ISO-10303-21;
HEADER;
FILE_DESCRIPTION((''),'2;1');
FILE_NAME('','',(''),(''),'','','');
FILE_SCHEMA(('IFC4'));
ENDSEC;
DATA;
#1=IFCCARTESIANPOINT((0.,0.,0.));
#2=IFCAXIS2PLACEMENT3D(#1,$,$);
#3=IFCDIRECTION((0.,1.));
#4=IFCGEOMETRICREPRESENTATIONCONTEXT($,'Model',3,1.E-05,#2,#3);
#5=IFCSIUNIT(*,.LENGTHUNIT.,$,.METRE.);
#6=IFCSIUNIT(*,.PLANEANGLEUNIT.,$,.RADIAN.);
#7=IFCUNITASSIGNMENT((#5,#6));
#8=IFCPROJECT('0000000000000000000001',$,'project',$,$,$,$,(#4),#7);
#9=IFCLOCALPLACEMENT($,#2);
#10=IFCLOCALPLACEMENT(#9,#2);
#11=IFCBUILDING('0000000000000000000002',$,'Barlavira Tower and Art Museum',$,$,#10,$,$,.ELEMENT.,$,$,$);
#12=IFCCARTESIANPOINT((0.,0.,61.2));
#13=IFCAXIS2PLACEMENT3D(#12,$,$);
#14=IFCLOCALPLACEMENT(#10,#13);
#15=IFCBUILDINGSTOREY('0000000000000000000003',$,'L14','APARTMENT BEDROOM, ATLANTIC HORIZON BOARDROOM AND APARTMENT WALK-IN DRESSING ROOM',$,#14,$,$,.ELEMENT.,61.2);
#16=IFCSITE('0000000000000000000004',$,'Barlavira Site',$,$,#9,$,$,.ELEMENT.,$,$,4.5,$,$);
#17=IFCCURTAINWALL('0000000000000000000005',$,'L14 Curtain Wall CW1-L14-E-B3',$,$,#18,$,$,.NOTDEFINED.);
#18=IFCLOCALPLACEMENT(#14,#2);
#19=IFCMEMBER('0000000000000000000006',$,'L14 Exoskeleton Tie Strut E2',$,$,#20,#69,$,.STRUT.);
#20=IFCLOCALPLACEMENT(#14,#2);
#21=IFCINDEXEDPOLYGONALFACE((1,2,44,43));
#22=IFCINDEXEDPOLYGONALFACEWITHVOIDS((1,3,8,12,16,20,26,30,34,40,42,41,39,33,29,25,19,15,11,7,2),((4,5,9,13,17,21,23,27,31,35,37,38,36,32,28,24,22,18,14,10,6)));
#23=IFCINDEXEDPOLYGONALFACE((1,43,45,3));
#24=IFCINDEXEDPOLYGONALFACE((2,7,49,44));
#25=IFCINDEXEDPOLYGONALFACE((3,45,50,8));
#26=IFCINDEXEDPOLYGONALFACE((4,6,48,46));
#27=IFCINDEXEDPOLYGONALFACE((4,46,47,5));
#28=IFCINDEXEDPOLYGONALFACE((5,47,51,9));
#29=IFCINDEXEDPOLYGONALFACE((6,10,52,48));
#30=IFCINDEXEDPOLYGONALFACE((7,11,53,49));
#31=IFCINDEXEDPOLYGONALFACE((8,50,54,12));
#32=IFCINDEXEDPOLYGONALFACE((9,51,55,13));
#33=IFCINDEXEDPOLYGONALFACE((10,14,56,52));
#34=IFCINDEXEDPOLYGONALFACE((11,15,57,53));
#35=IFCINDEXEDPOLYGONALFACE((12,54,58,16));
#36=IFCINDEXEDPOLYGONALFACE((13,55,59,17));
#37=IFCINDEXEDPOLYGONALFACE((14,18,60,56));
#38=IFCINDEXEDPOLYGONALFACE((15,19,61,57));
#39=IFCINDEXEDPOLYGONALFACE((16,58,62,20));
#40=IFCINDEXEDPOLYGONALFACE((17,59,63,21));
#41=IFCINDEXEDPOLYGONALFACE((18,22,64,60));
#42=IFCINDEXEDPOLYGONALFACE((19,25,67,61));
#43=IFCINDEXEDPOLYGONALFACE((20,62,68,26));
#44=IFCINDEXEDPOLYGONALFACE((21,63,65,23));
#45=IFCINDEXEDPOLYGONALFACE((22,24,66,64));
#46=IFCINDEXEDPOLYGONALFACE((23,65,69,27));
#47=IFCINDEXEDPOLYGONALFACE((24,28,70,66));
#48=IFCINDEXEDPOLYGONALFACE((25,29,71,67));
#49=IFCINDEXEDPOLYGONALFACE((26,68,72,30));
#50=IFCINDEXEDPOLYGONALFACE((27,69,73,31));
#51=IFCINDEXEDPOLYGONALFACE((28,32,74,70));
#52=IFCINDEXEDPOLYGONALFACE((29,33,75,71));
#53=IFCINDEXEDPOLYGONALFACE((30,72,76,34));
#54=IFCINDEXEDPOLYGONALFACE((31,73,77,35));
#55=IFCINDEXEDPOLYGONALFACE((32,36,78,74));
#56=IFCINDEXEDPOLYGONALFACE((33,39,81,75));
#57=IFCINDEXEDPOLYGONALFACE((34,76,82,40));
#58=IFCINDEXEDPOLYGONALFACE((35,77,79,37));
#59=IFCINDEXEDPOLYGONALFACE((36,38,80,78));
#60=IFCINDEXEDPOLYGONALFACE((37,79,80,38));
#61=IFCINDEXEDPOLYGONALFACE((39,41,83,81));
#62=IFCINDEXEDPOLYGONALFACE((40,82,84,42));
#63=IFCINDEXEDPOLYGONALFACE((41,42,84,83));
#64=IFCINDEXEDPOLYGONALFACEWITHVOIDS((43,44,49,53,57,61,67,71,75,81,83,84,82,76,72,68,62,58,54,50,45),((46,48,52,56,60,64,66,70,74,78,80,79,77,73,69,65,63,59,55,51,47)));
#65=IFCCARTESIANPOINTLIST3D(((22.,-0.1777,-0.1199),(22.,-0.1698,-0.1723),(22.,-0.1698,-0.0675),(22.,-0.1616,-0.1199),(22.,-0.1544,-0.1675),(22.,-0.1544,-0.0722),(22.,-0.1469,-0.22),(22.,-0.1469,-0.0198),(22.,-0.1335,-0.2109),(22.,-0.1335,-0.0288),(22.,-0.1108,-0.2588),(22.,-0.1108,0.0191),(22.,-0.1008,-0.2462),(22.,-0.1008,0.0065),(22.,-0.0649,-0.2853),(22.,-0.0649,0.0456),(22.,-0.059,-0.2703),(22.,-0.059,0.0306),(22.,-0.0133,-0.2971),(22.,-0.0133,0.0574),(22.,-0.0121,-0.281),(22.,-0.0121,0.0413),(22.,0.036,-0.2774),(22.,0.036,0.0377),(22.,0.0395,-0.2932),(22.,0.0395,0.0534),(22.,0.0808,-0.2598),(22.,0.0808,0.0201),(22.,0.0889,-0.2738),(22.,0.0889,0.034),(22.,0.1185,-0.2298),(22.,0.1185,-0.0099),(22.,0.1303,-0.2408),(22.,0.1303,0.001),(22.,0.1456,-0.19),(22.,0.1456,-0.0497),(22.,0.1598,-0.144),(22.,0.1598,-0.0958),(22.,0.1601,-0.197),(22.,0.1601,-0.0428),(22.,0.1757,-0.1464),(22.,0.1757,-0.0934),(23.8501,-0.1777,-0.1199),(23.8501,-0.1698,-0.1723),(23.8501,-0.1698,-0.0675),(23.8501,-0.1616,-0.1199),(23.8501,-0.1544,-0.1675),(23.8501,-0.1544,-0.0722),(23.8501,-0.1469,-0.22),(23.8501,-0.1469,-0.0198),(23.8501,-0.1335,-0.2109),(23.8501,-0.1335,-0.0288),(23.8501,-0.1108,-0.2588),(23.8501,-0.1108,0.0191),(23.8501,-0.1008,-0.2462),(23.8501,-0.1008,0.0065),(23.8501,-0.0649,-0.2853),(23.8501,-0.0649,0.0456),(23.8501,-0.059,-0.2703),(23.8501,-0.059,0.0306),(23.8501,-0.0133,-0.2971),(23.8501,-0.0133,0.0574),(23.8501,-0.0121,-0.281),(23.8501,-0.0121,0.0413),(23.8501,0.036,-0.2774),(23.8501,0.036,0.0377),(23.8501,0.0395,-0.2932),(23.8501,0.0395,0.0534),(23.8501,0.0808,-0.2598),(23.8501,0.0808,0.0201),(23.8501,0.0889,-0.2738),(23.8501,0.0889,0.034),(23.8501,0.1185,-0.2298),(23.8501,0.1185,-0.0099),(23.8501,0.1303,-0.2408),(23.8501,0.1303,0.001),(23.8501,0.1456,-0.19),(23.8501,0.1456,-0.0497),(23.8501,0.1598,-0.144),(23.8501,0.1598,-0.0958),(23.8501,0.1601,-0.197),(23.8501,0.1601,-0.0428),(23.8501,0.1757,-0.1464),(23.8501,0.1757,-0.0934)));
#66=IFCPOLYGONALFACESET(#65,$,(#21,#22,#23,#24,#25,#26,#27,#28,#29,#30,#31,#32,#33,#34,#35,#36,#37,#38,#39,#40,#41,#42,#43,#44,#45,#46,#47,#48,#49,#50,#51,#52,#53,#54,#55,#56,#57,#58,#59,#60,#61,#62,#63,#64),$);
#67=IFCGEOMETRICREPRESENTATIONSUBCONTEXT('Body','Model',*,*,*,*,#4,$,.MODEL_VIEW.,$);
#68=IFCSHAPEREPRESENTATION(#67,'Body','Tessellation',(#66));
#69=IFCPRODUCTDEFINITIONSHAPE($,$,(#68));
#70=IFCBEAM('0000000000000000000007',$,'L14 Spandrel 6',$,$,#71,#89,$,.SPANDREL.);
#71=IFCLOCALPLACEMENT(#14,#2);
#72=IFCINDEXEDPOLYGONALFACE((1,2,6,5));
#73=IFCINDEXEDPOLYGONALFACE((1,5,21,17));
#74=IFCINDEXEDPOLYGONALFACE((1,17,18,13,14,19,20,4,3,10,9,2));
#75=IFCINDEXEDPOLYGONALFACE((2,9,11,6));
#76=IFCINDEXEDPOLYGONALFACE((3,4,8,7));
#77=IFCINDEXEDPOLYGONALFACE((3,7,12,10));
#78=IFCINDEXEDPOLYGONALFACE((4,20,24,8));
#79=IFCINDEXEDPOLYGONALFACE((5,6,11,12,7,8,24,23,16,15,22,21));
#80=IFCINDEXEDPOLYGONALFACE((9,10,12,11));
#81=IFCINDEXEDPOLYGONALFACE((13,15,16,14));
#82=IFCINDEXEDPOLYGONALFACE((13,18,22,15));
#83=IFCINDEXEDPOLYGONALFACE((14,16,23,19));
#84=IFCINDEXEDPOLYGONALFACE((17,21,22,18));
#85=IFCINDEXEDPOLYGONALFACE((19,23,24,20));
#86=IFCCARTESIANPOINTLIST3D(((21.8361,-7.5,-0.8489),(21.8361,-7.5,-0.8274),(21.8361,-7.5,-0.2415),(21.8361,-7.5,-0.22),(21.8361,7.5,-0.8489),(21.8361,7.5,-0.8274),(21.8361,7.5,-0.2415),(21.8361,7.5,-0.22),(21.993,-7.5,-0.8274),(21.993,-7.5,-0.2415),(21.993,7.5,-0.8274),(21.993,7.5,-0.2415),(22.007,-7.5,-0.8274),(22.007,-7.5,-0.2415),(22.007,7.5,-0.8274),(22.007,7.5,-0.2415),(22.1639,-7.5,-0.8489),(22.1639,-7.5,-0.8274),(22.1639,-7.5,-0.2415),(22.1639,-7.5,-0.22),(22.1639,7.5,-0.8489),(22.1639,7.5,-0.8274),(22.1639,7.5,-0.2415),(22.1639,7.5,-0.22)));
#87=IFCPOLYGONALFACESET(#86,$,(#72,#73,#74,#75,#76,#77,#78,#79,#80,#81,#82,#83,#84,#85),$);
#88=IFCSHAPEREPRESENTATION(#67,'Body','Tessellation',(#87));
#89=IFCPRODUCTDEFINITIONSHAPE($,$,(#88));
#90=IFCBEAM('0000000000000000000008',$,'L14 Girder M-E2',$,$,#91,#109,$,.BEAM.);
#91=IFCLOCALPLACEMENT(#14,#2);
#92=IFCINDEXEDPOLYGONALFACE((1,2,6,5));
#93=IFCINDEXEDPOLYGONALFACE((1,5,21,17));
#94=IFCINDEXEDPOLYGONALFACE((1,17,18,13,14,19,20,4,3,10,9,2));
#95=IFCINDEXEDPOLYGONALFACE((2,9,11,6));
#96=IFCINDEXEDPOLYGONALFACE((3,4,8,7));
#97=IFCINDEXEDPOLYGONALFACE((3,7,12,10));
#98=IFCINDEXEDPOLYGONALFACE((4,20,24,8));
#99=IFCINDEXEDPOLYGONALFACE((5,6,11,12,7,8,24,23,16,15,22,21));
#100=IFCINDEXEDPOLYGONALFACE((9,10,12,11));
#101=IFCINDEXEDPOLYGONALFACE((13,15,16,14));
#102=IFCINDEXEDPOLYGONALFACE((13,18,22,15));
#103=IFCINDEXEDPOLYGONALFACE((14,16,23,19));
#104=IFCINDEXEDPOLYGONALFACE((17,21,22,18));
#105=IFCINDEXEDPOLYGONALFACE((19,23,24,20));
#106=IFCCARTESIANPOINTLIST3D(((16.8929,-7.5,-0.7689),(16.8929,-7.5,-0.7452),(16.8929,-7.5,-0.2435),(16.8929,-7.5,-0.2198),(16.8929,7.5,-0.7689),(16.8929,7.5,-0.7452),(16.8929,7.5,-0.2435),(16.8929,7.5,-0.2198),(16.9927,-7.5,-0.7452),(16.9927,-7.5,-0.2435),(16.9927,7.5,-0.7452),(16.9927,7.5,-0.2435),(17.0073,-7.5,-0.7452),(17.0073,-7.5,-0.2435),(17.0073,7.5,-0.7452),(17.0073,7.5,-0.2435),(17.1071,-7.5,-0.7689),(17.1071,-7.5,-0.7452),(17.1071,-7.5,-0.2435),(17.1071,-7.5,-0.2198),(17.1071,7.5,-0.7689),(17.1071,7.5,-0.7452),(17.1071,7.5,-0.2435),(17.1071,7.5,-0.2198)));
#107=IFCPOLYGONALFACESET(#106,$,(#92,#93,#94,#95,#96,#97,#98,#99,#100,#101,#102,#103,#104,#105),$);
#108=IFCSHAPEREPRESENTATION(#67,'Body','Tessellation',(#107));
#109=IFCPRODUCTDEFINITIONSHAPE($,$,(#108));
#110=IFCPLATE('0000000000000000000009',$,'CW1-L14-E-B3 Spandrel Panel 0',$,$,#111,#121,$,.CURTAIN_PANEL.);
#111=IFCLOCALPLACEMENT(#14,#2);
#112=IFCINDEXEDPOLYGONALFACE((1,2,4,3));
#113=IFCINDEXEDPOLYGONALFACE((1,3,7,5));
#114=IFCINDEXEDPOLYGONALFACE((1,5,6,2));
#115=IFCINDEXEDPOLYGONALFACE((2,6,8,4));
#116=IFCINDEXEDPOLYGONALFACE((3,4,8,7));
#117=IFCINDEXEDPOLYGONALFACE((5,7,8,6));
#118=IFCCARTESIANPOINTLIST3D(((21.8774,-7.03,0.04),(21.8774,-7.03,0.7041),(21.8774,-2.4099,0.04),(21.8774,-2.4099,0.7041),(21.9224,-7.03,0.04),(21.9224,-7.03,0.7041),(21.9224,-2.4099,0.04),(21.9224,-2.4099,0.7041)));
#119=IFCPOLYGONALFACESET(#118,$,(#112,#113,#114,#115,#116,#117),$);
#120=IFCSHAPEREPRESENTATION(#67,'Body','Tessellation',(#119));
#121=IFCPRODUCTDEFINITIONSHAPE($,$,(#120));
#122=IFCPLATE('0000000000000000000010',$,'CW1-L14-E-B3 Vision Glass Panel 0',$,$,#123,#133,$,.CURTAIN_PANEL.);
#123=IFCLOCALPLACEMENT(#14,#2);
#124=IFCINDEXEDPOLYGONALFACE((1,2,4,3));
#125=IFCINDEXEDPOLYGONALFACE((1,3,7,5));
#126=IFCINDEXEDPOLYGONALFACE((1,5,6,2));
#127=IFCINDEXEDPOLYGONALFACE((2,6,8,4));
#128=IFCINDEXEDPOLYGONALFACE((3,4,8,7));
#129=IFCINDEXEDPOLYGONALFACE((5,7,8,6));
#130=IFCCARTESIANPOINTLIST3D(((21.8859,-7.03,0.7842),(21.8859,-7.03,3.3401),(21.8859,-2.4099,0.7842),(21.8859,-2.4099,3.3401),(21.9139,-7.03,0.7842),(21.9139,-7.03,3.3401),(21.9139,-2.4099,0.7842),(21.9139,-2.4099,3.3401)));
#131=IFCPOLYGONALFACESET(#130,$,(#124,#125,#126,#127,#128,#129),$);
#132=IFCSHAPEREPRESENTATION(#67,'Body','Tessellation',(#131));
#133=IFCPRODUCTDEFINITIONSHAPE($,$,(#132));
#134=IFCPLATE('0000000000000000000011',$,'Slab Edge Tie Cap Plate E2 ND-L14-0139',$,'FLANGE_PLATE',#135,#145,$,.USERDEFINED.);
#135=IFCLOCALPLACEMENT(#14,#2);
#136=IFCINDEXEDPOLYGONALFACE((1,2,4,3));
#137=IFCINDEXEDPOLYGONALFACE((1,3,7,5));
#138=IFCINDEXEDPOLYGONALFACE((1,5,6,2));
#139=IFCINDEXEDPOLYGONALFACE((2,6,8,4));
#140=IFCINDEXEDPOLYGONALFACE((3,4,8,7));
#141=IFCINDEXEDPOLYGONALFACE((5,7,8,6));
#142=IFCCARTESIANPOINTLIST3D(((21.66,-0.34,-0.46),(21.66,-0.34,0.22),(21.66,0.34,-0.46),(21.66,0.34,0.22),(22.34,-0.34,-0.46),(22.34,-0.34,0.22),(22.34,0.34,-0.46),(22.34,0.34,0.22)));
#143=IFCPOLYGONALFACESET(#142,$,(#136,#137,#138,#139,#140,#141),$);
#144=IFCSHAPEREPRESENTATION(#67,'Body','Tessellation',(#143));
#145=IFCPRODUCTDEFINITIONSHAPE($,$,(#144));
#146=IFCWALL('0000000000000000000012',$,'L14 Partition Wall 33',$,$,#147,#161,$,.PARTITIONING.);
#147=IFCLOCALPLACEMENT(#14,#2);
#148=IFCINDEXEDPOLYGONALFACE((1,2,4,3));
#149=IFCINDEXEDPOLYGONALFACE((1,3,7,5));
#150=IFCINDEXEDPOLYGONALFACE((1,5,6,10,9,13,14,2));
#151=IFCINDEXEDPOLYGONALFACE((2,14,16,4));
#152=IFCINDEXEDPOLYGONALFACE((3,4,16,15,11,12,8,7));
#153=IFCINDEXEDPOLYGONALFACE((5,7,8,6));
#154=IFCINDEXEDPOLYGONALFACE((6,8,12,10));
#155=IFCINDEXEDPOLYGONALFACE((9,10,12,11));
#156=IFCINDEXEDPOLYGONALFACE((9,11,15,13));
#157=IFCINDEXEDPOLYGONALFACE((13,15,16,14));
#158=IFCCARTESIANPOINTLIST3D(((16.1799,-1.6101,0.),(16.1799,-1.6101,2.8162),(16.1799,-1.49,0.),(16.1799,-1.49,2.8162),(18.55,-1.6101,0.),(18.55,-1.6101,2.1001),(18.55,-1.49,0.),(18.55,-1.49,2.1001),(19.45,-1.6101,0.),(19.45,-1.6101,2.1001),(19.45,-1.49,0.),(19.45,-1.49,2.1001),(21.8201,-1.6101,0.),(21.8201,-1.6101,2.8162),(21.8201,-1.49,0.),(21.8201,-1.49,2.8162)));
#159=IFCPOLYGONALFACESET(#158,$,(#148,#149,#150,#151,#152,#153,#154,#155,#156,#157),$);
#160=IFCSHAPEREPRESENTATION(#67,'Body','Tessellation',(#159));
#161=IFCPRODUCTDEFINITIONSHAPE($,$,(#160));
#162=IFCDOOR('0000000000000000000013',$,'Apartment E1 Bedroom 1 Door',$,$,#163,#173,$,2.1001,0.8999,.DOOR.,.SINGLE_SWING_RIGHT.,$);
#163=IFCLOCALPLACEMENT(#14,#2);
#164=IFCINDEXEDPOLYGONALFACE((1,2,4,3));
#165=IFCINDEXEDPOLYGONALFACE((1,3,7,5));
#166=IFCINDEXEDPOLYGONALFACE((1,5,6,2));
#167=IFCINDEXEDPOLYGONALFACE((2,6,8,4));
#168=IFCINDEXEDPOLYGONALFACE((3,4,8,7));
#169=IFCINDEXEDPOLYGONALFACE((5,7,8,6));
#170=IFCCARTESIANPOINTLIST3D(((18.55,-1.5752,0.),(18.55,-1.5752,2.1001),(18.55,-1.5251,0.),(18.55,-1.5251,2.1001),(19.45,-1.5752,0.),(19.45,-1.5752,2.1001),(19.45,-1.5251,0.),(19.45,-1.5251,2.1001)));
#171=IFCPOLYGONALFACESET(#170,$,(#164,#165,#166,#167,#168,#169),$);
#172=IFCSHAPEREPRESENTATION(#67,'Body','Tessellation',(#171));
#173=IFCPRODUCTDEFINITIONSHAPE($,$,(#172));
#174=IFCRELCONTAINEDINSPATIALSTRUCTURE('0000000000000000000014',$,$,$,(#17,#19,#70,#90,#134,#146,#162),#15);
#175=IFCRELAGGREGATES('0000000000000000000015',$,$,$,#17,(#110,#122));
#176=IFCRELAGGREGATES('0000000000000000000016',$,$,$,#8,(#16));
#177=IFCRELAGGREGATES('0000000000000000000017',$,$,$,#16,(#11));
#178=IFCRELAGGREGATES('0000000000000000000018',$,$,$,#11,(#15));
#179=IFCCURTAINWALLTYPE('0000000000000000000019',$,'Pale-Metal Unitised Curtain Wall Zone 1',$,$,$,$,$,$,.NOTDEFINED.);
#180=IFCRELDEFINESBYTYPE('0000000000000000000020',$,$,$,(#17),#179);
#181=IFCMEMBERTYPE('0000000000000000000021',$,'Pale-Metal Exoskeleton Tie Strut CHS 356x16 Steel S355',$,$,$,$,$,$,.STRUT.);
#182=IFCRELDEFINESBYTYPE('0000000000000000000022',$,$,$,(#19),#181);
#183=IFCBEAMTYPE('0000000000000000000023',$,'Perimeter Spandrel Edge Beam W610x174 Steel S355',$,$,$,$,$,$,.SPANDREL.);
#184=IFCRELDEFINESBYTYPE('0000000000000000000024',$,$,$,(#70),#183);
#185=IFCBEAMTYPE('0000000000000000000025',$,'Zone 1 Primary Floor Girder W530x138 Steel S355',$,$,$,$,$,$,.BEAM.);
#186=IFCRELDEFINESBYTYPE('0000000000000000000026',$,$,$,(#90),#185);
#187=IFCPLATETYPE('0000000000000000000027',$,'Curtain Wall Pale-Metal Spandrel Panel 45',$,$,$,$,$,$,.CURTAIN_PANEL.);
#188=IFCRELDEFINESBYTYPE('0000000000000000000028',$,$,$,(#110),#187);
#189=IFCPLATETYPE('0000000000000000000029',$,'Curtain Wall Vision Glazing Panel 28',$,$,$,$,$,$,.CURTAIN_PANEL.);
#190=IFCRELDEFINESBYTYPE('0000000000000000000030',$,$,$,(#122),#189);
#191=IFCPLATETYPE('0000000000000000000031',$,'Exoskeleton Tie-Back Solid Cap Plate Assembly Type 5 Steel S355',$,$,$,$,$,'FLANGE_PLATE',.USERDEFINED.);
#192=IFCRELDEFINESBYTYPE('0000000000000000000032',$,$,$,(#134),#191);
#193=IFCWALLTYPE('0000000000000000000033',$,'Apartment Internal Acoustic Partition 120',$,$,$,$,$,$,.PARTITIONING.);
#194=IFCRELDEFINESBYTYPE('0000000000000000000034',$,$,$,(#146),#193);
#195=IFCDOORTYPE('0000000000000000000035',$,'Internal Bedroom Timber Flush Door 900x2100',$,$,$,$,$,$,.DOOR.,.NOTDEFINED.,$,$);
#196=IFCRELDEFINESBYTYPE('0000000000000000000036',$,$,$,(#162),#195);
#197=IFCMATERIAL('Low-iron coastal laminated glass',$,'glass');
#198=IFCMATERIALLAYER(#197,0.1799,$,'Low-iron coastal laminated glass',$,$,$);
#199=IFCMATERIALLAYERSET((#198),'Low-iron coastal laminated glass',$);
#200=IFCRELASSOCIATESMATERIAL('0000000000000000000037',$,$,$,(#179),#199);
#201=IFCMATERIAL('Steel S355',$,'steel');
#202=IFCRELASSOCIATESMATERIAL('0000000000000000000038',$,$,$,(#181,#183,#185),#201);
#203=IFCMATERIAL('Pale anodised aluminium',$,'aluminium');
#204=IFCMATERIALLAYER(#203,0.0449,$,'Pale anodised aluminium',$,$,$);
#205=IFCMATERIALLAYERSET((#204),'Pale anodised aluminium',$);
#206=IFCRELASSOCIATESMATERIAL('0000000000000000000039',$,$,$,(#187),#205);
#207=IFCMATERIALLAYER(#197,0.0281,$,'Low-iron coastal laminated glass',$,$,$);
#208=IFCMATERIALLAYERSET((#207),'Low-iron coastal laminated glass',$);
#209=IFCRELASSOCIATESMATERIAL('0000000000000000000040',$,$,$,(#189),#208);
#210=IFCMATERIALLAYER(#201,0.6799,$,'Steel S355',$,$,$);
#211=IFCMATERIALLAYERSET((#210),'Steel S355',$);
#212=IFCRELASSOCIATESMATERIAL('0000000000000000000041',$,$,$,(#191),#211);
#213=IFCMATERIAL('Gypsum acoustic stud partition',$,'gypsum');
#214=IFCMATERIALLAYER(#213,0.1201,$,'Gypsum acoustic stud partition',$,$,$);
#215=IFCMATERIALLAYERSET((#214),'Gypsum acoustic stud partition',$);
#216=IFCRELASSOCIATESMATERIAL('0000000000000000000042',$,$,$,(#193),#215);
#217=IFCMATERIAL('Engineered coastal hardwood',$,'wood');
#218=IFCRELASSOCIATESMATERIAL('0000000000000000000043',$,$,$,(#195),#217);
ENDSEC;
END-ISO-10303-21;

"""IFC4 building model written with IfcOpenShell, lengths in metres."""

from ifc_helpers import new_model, si_unit, direction, frame, frame_2d, origin, origin_2d, place, context, subcontext, project, spatial, rectangle, hollow_circle, i_section, extrude, material, layer, layer_set, material_profile, profile_set, type_object, element, fill, aggregate, save


model = new_model("IFC4")

# Units and contexts
model_context = context("Model", 3, precision=1e-05, world=origin(), true_north=direction((0.0, 1.0)))
body_context = subcontext(model_context, "Body", "Model", "MODEL_VIEW")
ifc_project = project(units=[si_unit("LENGTHUNIT", "METRE"), si_unit("PLANEANGLEUNIT", "RADIAN")], contexts=[model_context])

# Site, building, storey
site_placement = place(None, origin())
site = spatial("IfcSite", under=ifc_project, at=site_placement, Name="Barlavira Site", CompositionType="ELEMENT", RefElevation=4.5)
building_placement = place(site_placement, origin())
building = spatial("IfcBuilding", under=site, at=building_placement, Name="Barlavira Tower and Art Museum", CompositionType="ELEMENT")
storey_placement = place(building_placement, frame((0.0, 0.0, 61.2)))
storey = spatial("IfcBuildingStorey", under=building, at=storey_placement, Name="L14", Description="APARTMENT BEDROOM, ATLANTIC HORIZON BOARDROOM AND APARTMENT WALK-IN DRESSING ROOM", CompositionType="ELEMENT", Elevation=61.2)

# Curtain wall
ifc_material_1 = material(Name="Low-iron coastal laminated glass", Category="glass")
ifc_layer_1 = layer(ifc_material_1, 0.1799, Name="Low-iron coastal laminated glass")
ifc_layer_set_1 = layer_set([ifc_layer_1], Name="Low-iron coastal laminated glass")
curtain_wall_type = type_object("IfcCurtainWallType", Name="Pale-Metal Unitised Curtain Wall Zone 1", PredefinedType="NOTDEFINED", material=ifc_layer_set_1)
curtain_wall_placement = place(storey_placement, origin())
curtain_wall = element("IfcCurtainWall", 1, at=curtain_wall_placement, inside=storey, type_object=curtain_wall_type, Name="L14 Curtain Wall CW1-L14-E-B3", PredefinedType="NOTDEFINED")
ifc_material_2 = material(Name="Pale anodised aluminium", Category="aluminium")

# Member
ifc_material_3 = material(Name="Steel S355", Category="steel")
ifc_material_profile_1 = material_profile(ifc_material_3, hollow_circle(Radius=0.1777, WallThickness=0.0161, at=origin_2d()), Name="CHS 355.6x16.0")
ifc_profile_set_1 = profile_set([ifc_material_profile_1], Name="Steel S355")
member_type_1 = type_object("IfcMemberType", Name="Pale-Metal Exoskeleton Tie Strut CHS 356x16 Steel S355", PredefinedType="STRUT", material=ifc_profile_set_1)
member_1_placement = place(storey_placement, frame((23.8501, 0.0, -0.1199), z_axis=(-1.0, 0.0, 0.0), x_axis=(0.0, -1.0, 0.0)))
element("IfcMember", 2, at=member_1_placement, inside=storey, type_object=member_type_1, Name="L14 Exoskeleton Tie Strut E2", PredefinedType="STRUT", context=body_context, shape_type="SweptSolid", body=[
    extrude(hollow_circle(Radius=0.1777, WallThickness=0.0161, at=origin_2d()), origin(), (0.0, 0.0, 1.0), 1.8501),
])

# Beams
ifc_material_profile_2 = material_profile(ifc_material_3, i_section(OverallWidth=0.3279, OverallDepth=0.6289, WebThickness=0.0139, FlangeThickness=0.0215, at=origin_2d()), Name="W610x174.0")
ifc_profile_set_2 = profile_set([ifc_material_profile_2], Name="Steel S355")
beam_type_1 = type_object("IfcBeamType", Name="Perimeter Spandrel Edge Beam W610x174 Steel S355", PredefinedType="SPANDREL", material=ifc_profile_set_2)
beam_1_placement = place(storey_placement, frame((22.0, -7.5, -0.5344), z_axis=(0.0, 1.0, 0.0), x_axis=(-1.0, 0.0, 0.0)))
element("IfcBeam", 3, at=beam_1_placement, inside=storey, type_object=beam_type_1, Name="L14 Spandrel 6", PredefinedType="SPANDREL", context=body_context, shape_type="SweptSolid", body=[
    extrude(i_section(OverallWidth=0.3279, OverallDepth=0.6289, WebThickness=0.0139, FlangeThickness=0.0215, at=origin_2d()), origin(), (0.0, 0.0, 1.0), 15.0),
])
ifc_material_profile_3 = material_profile(ifc_material_3, i_section(OverallWidth=0.2141, OverallDepth=0.5491, WebThickness=0.0146, FlangeThickness=0.0237, at=origin_2d()), Name="W530x138.0")
ifc_profile_set_3 = profile_set([ifc_material_profile_3], Name="Steel S355")
beam_type_2 = type_object("IfcBeamType", Name="Zone 1 Primary Floor Girder W530x138 Steel S355", PredefinedType="BEAM", material=ifc_profile_set_3)
beam_2_placement = place(storey_placement, frame((17.0, -7.5, -0.4944), z_axis=(0.0, 1.0, 0.0), x_axis=(-1.0, 0.0, 0.0)))
element("IfcBeam", 4, at=beam_2_placement, inside=storey, type_object=beam_type_2, Name="L14 Girder M-E2", PredefinedType="BEAM", context=body_context, shape_type="SweptSolid", body=[
    extrude(i_section(OverallWidth=0.2141, OverallDepth=0.5491, WebThickness=0.0146, FlangeThickness=0.0237, at=origin_2d()), origin(), (0.0, 0.0, 1.0), 15.0),
])

# Plates
ifc_layer_2 = layer(ifc_material_2, 0.0449, Name="Pale anodised aluminium")
ifc_layer_set_2 = layer_set([ifc_layer_2], Name="Pale anodised aluminium")
plate_type_1 = type_object("IfcPlateType", Name="Curtain Wall Pale-Metal Spandrel Panel 45", PredefinedType="CURTAIN_PANEL", material=ifc_layer_set_2)
plate_1_placement = place(storey_placement, frame((21.8999, -4.72, 0.04), z_axis=(0.0, 0.0, 1.0), x_axis=(0.0, 1.0, 0.0)))
plate_1 = element("IfcPlate", 5, at=plate_1_placement, type_object=plate_type_1, Name="CW1-L14-E-B3 Spandrel Panel 0", PredefinedType="CURTAIN_PANEL", context=body_context, shape_type="SweptSolid", body=[
    extrude(rectangle(XDim=4.6201, YDim=0.0449, at=origin_2d()), origin(), (0.0, 0.0, 1.0), 0.6641),
])
ifc_layer_3 = layer(ifc_material_1, 0.0281, Name="Low-iron coastal laminated glass")
ifc_layer_set_3 = layer_set([ifc_layer_3], Name="Low-iron coastal laminated glass")
plate_type_2 = type_object("IfcPlateType", Name="Curtain Wall Vision Glazing Panel 28", PredefinedType="CURTAIN_PANEL", material=ifc_layer_set_3)
plate_2_placement = place(storey_placement, frame((21.8999, -4.72, 0.7842), z_axis=(0.0, 0.0, 1.0), x_axis=(0.0, 1.0, 0.0)))
plate_2 = element("IfcPlate", 6, at=plate_2_placement, type_object=plate_type_2, Name="CW1-L14-E-B3 Vision Glass Panel 0", PredefinedType="CURTAIN_PANEL", context=body_context, shape_type="SweptSolid", body=[
    extrude(rectangle(XDim=4.6201, YDim=0.0281, at=origin_2d()), origin(), (0.0, 0.0, 1.0), 2.5559),
])
aggregate(curtain_wall, [plate_1, plate_2])
ifc_layer_4 = layer(ifc_material_3, 0.6799, Name="Steel S355")
ifc_layer_set_4 = layer_set([ifc_layer_4], Name="Steel S355")
plate_type_3 = type_object("IfcPlateType", Name="Exoskeleton Tie-Back Solid Cap Plate Assembly Type 5 Steel S355", ElementType="FLANGE_PLATE", PredefinedType="USERDEFINED", material=ifc_layer_set_4)
plate_3_placement = place(storey_placement, frame((22.0, 0.0, -0.46), z_axis=(0.0, 0.0, 1.0), x_axis=(1.0, 0.0, 0.0)))
element("IfcPlate", 7, at=plate_3_placement, inside=storey, type_object=plate_type_3, Name="Slab Edge Tie Cap Plate E2 ND-L14-0139", ObjectType="FLANGE_PLATE", PredefinedType="USERDEFINED", context=body_context, shape_type="SweptSolid", body=[
    extrude(rectangle(XDim=0.6799, YDim=0.6799, at=origin_2d()), origin(), (0.0, 0.0, 1.0), 0.6799),
])

# Wall, opening, door
ifc_material_4 = material(Name="Gypsum acoustic stud partition", Category="gypsum")
ifc_layer_5 = layer(ifc_material_4, 0.1201, Name="Gypsum acoustic stud partition")
ifc_layer_set_5 = layer_set([ifc_layer_5], Name="Gypsum acoustic stud partition")
wall_type_1 = type_object("IfcWallType", Name="Apartment Internal Acoustic Partition 120", PredefinedType="PARTITIONING", material=ifc_layer_set_5)
wall_1_placement = place(storey_placement, frame((16.1799, -1.55, 0.0), z_axis=(0.0, 0.0, 1.0), x_axis=(1.0, 0.0, 0.0)))
wall_1 = element("IfcWall", 8, at=wall_1_placement, inside=storey, type_object=wall_type_1, Name="L14 Partition Wall 33", PredefinedType="PARTITIONING", context=body_context, shape_type="SweptSolid", body=[
    extrude(rectangle(XDim=5.6401, YDim=0.1201, at=frame_2d((2.8201, 0.0))), origin(), (0.0, 0.0, 1.0), 2.8162),
])
opening_1_placement = place(wall_1_placement, frame((2.3701, 0.0, 0.0)))
opening_1 = element("IfcOpeningElement", 9, at=opening_1_placement, cuts=wall_1, PredefinedType="OPENING", context=body_context, shape_type="SweptSolid", body=[
    extrude(rectangle(XDim=0.8999, YDim=2.1001, at=frame_2d((0.45, 1.05))), frame((0.0, 0.0701, 0.0), z_axis=(0.0, -1.0, 0.0), x_axis=(1.0, 0.0, 0.0)), (0.0, 0.0, 1.0), 0.1401),
])
ifc_material_5 = material(Name="Engineered coastal hardwood", Category="wood")
door_type_1 = type_object("IfcDoorType", Name="Internal Bedroom Timber Flush Door 900x2100", OperationType="NOTDEFINED", PredefinedType="DOOR", material=ifc_material_5)
door_1_placement = place(opening_1_placement, origin())
door_1 = element("IfcDoor", 10, at=door_1_placement, inside=storey, type_object=door_type_1, Name="Apartment E1 Bedroom 1 Door", OperationType="SINGLE_SWING_RIGHT", OverallHeight=2.1001, OverallWidth=0.8999, PredefinedType="DOOR", context=body_context, shape_type="SweptSolid", body=[
    extrude(rectangle(XDim=0.8999, YDim=2.1001, at=frame_2d((0.45, 1.05))), frame((0.0, 0.0249, 0.0), z_axis=(0.0, -1.0, 0.0), x_axis=(1.0, 0.0, 0.0)), (0.0, 0.0, 1.0), 0.05),
])
fill(opening_1, door_1)

save(model, "model.ifc")
